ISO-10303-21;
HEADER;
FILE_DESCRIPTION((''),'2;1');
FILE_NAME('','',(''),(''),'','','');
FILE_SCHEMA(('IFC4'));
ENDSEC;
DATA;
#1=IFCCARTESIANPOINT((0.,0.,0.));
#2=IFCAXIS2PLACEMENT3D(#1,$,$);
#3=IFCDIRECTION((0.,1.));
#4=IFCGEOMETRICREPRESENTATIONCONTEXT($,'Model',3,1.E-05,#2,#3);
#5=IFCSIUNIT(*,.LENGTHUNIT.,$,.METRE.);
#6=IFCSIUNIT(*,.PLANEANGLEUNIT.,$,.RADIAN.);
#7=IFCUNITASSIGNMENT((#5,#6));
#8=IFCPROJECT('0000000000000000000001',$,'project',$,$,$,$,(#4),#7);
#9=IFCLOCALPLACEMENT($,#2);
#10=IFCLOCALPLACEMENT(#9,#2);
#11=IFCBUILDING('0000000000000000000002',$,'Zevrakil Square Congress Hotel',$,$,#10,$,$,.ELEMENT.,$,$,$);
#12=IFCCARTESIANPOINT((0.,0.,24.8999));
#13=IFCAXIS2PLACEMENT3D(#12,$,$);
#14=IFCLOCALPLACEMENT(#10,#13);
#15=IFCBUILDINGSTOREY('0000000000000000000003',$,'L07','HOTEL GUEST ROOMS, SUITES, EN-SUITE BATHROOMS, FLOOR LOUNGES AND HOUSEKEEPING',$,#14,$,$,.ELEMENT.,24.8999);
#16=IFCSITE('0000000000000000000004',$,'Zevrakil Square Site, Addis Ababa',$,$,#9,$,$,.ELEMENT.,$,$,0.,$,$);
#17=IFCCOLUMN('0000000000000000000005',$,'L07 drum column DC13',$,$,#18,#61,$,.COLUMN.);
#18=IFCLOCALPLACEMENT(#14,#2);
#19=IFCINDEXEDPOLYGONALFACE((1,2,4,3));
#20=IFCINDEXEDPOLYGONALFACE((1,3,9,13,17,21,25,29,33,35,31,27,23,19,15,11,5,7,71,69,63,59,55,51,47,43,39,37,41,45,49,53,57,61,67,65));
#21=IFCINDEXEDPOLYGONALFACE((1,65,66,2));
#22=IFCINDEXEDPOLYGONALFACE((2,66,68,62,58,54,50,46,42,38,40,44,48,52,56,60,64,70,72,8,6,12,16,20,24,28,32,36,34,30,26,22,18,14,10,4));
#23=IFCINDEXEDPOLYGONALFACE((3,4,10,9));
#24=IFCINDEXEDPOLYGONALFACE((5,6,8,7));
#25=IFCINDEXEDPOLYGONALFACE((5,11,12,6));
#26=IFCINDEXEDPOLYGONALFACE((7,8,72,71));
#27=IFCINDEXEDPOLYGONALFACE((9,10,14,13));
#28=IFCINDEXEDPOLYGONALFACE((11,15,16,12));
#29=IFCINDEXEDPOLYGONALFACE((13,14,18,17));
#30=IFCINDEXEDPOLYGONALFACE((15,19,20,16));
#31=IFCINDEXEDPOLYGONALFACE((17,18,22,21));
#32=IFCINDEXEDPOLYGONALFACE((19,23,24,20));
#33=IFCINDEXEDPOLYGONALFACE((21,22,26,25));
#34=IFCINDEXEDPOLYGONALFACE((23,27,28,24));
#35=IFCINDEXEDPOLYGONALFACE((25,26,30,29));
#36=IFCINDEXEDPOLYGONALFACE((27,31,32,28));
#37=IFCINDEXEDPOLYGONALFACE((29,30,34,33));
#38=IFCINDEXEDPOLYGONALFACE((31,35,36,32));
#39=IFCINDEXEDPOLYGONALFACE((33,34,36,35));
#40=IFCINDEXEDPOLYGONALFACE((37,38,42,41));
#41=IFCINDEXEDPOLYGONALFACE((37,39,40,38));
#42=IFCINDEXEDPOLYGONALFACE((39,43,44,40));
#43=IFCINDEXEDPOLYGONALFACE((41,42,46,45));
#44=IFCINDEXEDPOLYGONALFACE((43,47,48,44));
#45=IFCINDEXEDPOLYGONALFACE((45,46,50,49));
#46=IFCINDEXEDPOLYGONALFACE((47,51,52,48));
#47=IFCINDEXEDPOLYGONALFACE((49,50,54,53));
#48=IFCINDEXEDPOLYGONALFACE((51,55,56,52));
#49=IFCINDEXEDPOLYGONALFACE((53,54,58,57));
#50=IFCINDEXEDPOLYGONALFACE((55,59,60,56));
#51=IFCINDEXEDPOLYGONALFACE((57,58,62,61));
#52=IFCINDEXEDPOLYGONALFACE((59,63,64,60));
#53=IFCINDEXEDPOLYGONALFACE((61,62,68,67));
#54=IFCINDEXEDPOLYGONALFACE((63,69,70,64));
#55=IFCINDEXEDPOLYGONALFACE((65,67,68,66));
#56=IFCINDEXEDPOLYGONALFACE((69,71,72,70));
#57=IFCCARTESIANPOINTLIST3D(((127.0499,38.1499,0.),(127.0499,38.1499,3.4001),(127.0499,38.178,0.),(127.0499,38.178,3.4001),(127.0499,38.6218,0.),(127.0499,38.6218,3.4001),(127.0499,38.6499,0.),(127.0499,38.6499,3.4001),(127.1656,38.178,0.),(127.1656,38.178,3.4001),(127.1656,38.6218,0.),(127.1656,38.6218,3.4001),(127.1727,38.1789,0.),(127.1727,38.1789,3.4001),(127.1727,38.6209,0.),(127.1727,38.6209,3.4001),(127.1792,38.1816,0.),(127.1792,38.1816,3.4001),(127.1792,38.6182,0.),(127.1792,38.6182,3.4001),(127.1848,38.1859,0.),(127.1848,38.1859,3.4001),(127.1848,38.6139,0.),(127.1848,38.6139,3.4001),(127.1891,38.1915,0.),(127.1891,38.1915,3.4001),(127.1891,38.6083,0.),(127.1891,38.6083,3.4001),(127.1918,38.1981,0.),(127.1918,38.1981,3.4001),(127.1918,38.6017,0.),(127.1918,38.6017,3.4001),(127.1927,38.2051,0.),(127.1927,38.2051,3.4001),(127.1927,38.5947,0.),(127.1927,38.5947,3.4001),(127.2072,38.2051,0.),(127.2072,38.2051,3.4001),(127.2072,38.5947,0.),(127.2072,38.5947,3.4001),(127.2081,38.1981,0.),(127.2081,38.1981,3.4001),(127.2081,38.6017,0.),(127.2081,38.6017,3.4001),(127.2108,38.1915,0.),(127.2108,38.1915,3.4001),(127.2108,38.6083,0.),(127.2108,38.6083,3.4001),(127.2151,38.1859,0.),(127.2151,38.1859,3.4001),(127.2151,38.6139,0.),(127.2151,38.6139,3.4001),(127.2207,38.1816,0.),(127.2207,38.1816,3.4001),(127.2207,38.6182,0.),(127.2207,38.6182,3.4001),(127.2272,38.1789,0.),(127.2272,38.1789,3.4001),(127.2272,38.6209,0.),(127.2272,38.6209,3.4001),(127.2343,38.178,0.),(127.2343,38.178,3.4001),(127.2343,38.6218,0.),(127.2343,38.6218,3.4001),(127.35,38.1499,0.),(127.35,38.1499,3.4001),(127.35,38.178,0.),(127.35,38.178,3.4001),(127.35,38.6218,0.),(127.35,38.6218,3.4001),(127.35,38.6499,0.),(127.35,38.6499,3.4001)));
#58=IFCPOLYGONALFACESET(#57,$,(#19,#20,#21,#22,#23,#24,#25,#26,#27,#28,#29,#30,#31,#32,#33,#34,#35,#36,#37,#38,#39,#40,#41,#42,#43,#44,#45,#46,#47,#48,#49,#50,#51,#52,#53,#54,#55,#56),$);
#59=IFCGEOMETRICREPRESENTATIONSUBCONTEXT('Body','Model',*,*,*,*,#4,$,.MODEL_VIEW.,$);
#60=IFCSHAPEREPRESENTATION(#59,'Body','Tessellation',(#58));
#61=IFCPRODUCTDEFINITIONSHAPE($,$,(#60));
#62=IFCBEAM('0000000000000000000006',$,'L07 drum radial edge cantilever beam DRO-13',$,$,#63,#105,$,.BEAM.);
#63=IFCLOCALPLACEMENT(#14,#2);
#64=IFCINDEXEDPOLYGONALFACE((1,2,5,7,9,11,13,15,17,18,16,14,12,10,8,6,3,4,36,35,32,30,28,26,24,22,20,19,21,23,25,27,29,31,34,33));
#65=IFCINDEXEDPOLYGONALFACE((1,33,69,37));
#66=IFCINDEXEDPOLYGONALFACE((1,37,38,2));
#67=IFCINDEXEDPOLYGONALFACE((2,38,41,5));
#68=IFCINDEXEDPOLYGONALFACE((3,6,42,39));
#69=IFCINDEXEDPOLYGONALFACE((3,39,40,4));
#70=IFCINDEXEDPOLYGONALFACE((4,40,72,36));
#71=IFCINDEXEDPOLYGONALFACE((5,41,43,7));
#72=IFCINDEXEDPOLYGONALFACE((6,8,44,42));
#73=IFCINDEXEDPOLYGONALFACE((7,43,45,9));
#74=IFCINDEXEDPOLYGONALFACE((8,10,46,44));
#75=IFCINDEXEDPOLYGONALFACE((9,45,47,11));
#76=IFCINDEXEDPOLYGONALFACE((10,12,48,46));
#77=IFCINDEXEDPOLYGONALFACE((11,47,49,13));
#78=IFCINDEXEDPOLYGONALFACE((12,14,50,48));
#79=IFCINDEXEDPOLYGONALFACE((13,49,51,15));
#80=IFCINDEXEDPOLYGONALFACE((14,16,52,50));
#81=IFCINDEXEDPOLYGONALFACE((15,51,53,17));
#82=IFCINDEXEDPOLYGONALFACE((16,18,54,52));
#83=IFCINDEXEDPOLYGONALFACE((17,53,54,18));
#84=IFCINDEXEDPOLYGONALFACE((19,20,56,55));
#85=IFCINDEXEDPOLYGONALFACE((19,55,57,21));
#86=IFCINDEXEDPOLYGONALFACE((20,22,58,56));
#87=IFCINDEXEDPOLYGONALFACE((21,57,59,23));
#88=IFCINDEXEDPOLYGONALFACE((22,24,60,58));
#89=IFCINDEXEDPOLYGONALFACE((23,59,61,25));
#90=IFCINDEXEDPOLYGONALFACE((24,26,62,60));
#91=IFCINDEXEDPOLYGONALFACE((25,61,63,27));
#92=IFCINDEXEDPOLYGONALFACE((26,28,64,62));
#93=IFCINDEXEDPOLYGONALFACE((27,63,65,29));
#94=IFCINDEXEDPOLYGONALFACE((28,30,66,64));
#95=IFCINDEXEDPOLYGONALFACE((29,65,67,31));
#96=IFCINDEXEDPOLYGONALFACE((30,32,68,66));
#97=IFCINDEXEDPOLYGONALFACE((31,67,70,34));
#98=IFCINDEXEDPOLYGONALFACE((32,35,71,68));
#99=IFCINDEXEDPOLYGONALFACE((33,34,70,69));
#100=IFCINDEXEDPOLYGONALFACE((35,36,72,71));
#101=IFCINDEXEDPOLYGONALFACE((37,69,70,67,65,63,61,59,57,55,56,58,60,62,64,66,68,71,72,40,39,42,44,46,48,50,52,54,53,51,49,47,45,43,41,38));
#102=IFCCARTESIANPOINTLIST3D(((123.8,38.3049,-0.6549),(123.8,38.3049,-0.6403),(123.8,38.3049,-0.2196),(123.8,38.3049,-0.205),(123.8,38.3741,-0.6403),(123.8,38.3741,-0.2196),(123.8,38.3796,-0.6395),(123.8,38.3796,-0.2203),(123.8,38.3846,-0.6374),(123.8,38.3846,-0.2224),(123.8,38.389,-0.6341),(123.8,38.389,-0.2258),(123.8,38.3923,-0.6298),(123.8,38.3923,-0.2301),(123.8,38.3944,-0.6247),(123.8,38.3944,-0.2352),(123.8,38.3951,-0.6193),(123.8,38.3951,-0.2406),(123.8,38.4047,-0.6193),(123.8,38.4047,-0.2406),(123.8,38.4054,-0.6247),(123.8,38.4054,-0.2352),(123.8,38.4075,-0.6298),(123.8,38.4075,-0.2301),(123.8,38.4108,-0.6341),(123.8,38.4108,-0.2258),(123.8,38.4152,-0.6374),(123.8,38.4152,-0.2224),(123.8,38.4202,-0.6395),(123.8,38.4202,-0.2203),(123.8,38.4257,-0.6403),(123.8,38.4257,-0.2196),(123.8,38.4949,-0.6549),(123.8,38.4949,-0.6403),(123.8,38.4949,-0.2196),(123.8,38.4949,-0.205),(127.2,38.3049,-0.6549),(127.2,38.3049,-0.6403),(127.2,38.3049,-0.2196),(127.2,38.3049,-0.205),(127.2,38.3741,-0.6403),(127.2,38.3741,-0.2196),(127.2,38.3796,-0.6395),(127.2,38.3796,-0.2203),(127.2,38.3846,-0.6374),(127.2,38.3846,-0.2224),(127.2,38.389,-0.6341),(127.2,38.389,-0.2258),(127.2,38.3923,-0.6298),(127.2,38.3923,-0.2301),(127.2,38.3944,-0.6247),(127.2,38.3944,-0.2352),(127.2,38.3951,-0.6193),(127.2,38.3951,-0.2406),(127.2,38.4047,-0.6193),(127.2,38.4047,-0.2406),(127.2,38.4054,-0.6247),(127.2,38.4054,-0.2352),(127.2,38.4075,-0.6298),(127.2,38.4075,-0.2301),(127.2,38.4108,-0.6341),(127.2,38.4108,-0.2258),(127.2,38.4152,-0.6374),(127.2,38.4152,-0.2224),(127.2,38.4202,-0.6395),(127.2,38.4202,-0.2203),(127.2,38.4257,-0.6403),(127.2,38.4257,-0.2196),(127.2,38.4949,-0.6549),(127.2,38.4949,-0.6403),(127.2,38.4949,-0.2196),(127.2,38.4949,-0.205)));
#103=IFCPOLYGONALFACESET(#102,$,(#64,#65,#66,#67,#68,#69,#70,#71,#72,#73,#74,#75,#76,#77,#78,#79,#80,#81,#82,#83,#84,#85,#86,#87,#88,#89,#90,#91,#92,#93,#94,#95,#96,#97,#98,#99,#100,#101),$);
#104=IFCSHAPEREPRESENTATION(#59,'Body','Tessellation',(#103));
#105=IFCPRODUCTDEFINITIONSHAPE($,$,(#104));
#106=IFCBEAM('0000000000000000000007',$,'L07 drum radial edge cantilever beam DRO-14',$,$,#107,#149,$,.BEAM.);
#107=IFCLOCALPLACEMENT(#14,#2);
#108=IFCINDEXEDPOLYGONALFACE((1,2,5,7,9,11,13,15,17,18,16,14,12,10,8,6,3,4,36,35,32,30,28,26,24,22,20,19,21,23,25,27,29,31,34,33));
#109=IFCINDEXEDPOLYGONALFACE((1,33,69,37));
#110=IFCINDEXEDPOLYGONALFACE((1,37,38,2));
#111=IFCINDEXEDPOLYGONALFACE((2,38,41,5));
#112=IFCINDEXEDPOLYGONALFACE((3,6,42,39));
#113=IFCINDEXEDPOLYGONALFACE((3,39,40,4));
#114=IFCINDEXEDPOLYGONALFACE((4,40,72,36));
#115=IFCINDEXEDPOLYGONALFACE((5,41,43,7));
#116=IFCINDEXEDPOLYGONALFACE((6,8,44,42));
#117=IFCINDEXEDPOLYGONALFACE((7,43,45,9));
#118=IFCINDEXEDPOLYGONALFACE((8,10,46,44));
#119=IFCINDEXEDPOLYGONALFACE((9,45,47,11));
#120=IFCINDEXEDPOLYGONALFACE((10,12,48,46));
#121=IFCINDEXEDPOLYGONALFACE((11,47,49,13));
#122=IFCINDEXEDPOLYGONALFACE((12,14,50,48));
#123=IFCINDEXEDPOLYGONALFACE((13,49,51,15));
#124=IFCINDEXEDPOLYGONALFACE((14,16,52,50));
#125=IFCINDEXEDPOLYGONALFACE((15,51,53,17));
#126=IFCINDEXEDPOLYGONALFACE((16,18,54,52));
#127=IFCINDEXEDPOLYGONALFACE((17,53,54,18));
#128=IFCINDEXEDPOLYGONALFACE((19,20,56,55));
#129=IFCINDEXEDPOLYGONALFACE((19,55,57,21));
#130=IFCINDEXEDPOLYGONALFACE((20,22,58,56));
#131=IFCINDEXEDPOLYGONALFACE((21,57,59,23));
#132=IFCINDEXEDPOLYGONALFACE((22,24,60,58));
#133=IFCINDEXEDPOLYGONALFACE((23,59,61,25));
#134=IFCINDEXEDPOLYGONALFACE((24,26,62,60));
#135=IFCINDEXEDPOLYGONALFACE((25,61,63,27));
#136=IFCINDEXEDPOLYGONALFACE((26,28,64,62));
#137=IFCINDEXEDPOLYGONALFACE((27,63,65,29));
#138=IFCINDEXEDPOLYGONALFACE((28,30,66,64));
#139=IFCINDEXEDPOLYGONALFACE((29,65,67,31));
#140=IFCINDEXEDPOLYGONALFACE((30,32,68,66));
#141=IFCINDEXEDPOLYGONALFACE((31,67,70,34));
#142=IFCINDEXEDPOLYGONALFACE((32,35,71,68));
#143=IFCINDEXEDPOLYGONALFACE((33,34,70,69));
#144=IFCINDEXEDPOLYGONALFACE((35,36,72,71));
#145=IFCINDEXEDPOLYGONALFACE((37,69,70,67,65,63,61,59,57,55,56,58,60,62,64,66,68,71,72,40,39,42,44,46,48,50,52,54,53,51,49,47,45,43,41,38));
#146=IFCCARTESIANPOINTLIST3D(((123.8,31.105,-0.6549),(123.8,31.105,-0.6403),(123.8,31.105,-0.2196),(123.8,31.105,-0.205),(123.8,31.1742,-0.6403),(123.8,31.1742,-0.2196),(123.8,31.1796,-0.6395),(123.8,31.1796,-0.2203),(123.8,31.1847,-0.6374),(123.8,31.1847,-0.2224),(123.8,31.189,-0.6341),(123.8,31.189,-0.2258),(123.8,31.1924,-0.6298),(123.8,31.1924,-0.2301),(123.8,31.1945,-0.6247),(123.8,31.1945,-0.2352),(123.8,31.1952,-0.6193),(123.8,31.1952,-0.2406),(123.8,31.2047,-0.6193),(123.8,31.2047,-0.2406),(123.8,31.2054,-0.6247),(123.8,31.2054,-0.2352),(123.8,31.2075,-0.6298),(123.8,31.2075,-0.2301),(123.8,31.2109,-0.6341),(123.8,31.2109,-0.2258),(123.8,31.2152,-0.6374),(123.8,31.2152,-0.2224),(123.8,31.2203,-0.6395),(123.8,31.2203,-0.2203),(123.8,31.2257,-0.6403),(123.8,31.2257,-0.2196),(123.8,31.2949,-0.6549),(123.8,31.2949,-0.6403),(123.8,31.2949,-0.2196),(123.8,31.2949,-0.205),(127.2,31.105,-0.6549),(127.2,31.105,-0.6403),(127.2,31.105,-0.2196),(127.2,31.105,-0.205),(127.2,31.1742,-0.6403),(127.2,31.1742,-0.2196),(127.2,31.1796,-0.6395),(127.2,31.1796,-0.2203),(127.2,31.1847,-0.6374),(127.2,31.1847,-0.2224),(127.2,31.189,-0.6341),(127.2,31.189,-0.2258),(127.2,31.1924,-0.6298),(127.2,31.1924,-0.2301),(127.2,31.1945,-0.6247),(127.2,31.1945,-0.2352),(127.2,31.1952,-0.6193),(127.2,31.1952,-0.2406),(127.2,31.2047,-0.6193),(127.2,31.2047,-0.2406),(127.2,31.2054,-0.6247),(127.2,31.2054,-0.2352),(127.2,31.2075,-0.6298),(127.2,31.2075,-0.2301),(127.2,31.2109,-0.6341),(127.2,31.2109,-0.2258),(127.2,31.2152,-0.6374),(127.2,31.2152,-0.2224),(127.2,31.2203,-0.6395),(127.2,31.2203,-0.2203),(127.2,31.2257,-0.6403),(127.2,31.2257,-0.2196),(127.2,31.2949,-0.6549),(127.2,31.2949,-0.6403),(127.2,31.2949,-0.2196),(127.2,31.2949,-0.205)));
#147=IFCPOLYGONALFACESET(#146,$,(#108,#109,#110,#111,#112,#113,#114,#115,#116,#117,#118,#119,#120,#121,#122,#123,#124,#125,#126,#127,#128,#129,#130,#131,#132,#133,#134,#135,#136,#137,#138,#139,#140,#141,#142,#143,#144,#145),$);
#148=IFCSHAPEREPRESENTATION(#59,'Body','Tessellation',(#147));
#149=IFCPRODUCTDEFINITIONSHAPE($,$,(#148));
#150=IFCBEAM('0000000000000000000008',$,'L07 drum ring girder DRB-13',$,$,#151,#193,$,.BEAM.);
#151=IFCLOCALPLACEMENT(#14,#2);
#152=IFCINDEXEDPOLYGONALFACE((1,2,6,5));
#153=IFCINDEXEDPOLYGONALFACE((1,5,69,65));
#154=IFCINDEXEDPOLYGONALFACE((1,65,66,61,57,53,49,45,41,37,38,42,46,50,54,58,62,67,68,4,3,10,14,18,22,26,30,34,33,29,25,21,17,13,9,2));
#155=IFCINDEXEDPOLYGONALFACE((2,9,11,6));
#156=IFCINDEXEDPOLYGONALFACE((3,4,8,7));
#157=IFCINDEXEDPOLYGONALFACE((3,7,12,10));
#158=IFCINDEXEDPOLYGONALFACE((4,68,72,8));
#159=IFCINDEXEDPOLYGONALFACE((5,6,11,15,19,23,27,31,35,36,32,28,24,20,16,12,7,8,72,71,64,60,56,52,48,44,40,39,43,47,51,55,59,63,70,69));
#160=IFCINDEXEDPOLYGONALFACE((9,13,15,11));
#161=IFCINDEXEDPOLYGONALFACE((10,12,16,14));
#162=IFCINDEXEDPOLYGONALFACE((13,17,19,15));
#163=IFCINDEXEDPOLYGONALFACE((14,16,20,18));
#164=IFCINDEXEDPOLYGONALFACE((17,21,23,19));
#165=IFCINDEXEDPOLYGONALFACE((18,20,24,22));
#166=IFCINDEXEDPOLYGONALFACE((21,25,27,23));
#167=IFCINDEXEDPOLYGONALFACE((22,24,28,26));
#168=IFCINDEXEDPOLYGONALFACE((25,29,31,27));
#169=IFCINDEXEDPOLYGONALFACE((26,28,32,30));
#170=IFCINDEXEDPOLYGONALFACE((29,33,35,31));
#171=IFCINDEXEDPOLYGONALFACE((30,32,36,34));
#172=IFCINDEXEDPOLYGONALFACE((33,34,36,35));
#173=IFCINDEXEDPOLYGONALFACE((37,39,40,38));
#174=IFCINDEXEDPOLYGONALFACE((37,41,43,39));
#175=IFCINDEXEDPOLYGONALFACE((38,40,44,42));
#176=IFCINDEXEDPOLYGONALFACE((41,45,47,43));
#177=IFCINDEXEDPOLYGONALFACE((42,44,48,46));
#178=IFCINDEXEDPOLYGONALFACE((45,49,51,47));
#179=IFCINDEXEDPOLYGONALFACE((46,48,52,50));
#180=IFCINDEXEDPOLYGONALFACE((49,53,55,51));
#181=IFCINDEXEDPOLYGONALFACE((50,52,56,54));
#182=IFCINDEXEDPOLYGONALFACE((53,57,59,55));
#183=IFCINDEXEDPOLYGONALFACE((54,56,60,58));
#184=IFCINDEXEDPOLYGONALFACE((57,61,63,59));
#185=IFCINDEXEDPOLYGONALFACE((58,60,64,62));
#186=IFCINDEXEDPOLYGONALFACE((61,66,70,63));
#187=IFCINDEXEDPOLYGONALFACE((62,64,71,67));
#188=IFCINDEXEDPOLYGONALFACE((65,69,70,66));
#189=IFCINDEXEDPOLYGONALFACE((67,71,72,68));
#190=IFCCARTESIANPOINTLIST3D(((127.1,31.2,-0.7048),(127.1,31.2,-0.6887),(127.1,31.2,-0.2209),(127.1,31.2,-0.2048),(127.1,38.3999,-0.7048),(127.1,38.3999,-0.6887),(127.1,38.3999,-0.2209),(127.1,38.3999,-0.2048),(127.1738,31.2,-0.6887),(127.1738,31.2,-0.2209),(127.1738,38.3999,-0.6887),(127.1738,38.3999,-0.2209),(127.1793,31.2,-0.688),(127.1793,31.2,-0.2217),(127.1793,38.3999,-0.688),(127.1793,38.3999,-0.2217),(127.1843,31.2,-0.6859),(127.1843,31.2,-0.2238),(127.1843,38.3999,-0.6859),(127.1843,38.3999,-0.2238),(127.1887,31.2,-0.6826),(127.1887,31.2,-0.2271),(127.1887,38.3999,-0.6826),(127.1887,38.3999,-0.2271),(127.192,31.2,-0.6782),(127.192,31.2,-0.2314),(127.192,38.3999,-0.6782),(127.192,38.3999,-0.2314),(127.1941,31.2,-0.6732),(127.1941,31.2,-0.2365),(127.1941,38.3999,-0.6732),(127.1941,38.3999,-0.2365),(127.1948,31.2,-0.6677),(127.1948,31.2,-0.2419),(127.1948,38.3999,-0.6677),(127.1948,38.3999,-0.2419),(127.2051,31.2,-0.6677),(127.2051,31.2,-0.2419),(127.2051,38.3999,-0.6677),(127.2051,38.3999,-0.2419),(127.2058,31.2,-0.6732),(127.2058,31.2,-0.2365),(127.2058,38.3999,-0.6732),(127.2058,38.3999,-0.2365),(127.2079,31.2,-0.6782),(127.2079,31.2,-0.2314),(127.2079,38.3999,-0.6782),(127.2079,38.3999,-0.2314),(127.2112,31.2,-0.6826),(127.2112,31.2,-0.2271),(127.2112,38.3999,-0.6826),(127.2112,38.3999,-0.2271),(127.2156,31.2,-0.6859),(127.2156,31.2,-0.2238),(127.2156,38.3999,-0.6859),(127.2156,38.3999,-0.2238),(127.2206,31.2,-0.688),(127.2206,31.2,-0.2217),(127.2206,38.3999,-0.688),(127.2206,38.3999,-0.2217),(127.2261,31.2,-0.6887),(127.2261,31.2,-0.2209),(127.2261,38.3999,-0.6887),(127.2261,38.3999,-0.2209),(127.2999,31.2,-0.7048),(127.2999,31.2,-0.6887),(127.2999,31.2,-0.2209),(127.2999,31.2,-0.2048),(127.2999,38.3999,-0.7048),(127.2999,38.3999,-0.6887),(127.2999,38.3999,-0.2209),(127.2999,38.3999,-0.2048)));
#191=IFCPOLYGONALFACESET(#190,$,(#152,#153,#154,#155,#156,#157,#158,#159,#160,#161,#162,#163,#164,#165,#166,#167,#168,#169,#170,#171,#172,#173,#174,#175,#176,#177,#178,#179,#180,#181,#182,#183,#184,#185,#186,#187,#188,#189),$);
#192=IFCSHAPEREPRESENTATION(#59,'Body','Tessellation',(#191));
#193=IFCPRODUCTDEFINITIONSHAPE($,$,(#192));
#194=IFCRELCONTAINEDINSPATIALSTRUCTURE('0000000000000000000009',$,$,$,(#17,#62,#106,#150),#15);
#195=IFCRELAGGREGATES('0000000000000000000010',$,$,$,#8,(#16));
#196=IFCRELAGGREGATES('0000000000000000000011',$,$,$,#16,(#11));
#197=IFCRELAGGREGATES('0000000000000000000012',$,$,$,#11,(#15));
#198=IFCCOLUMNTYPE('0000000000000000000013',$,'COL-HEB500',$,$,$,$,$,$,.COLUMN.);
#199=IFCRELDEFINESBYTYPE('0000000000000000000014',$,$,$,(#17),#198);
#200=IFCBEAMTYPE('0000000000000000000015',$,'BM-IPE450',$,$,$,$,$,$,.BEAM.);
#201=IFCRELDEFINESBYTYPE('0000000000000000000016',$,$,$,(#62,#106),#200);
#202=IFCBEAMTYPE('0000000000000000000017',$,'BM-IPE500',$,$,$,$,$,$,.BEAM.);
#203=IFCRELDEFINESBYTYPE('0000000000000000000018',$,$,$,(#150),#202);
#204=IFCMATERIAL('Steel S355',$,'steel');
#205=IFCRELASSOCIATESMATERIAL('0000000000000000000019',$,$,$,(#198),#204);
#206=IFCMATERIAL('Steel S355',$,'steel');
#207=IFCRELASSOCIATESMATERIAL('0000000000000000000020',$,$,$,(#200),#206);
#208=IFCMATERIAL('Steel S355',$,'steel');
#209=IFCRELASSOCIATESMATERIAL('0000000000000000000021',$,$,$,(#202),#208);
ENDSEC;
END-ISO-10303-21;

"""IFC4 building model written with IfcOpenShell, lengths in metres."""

from ifc_helpers import new_model, si_unit, direction, frame, origin, origin_2d, place, context, subcontext, project, spatial, i_section, extrude, material, material_profile, profile_set, type_object, element, save


model = new_model("IFC4")

# Units and contexts
model_context = context("Model", 3, precision=1e-05, world=origin(), true_north=direction((0.0, 1.0)))
body_context = subcontext(model_context, "Body", "Model", "MODEL_VIEW")
ifc_project = project(units=[si_unit("LENGTHUNIT", "METRE"), si_unit("PLANEANGLEUNIT", "RADIAN")], contexts=[model_context])

# Site, building, storey
site_placement = place(None, origin())
site = spatial("IfcSite", under=ifc_project, at=site_placement, Name="Zevrakil Square Site, Addis Ababa", CompositionType="ELEMENT", RefElevation=0.0)
building_placement = place(site_placement, origin())
building = spatial("IfcBuilding", under=site, at=building_placement, Name="Zevrakil Square Congress Hotel", CompositionType="ELEMENT")
storey_placement = place(building_placement, frame((0.0, 0.0, 24.8999)))
storey = spatial("IfcBuildingStorey", under=building, at=storey_placement, Name="L07", Description="HOTEL GUEST ROOMS, SUITES, EN-SUITE BATHROOMS, FLOOR LOUNGES AND HOUSEKEEPING", CompositionType="ELEMENT", Elevation=24.8999)

# Column
ifc_material_1 = material(Name="Steel S355", Category="steel")
ifc_material_profile_1 = material_profile(ifc_material_1, i_section(OverallWidth=0.3, OverallDepth=0.5, WebThickness=0.0144, FlangeThickness=0.0281, FilletRadius=0.0271, at=origin_2d()), Name="HEB 500")
ifc_profile_set_1 = profile_set([ifc_material_profile_1], Name="Steel S355")
column_type = type_object("IfcColumnType", Name="COL-HEB500", PredefinedType="COLUMN", material=ifc_profile_set_1)
column_placement = place(storey_placement, frame((127.2, 38.3999, 0.0), z_axis=(0.0, 0.0, 1.0), x_axis=(1.0, 0.0, 0.0)))
element("IfcColumn", 1, at=column_placement, inside=storey, type_object=column_type, Name="L07 drum column DC13", PredefinedType="COLUMN", context=body_context, shape_type="SweptSolid", body=[
    extrude(i_section(OverallWidth=0.3, OverallDepth=0.5, WebThickness=0.0144, FlangeThickness=0.0281, FilletRadius=0.0271, at=origin_2d()), origin(), (0.0, 0.0, 1.0), 3.4001),
])

# Beams
ifc_material_2 = material(Name="Steel S355", Category="steel")
ifc_material_profile_2 = material_profile(ifc_material_2, i_section(OverallWidth=0.1899, OverallDepth=0.45, WebThickness=0.0095, FlangeThickness=0.0146, FilletRadius=0.021, at=origin_2d()), Name="IPE 450")
ifc_profile_set_2 = profile_set([ifc_material_profile_2], Name="Steel S355")
beam_type_1 = type_object("IfcBeamType", Name="BM-IPE450", PredefinedType="BEAM", material=ifc_profile_set_2)
for number, where, z_axis, x_axis, name in (
    (2, (127.2, 38.3999, -0.4299), (-1.0, 0.0, 0.0), (0.0, -1.0, 0.0), "L07 drum radial edge cantilever beam DRO-13"),
    (3, (127.2, 31.2, -0.4299), (-1.0, 0.0, 0.0), (0.0, -1.0, 0.0), "L07 drum radial edge cantilever beam DRO-14"),
):
    element("IfcBeam", number, at=place(storey_placement, frame(where, z_axis=z_axis, x_axis=x_axis)), inside=storey, type_object=beam_type_1, Name=name, PredefinedType="BEAM", context=body_context, shape_type="SweptSolid", body=[
        extrude(i_section(OverallWidth=0.1899, OverallDepth=0.45, WebThickness=0.0095, FlangeThickness=0.0146, FilletRadius=0.021, at=origin_2d()), origin(), (0.0, 0.0, 1.0), 3.3999),
    ])
ifc_material_3 = material(Name="Steel S355", Category="steel")
ifc_material_profile_3 = material_profile(ifc_material_3, i_section(OverallWidth=0.2, OverallDepth=0.5, WebThickness=0.0103, FlangeThickness=0.0161, FilletRadius=0.021, at=origin_2d()), Name="IPE 500")
ifc_profile_set_3 = profile_set([ifc_material_profile_3], Name="Steel S355")
beam_type_2 = type_object("IfcBeamType", Name="BM-IPE500", PredefinedType="BEAM", material=ifc_profile_set_3)
beam_placement = place(storey_placement, frame((127.2, 38.3999, -0.4548), z_axis=(0.0, -1.0, 0.0), x_axis=(1.0, 0.0, 0.0)))
element("IfcBeam", 4, at=beam_placement, inside=storey, type_object=beam_type_2, Name="L07 drum ring girder DRB-13", PredefinedType="BEAM", context=body_context, shape_type="SweptSolid", body=[
    extrude(i_section(OverallWidth=0.2, OverallDepth=0.5, WebThickness=0.0103, FlangeThickness=0.0161, FilletRadius=0.021, at=origin_2d()), origin(), (0.0, 0.0, 1.0), 7.2),
])

save(model, "model.ifc")
